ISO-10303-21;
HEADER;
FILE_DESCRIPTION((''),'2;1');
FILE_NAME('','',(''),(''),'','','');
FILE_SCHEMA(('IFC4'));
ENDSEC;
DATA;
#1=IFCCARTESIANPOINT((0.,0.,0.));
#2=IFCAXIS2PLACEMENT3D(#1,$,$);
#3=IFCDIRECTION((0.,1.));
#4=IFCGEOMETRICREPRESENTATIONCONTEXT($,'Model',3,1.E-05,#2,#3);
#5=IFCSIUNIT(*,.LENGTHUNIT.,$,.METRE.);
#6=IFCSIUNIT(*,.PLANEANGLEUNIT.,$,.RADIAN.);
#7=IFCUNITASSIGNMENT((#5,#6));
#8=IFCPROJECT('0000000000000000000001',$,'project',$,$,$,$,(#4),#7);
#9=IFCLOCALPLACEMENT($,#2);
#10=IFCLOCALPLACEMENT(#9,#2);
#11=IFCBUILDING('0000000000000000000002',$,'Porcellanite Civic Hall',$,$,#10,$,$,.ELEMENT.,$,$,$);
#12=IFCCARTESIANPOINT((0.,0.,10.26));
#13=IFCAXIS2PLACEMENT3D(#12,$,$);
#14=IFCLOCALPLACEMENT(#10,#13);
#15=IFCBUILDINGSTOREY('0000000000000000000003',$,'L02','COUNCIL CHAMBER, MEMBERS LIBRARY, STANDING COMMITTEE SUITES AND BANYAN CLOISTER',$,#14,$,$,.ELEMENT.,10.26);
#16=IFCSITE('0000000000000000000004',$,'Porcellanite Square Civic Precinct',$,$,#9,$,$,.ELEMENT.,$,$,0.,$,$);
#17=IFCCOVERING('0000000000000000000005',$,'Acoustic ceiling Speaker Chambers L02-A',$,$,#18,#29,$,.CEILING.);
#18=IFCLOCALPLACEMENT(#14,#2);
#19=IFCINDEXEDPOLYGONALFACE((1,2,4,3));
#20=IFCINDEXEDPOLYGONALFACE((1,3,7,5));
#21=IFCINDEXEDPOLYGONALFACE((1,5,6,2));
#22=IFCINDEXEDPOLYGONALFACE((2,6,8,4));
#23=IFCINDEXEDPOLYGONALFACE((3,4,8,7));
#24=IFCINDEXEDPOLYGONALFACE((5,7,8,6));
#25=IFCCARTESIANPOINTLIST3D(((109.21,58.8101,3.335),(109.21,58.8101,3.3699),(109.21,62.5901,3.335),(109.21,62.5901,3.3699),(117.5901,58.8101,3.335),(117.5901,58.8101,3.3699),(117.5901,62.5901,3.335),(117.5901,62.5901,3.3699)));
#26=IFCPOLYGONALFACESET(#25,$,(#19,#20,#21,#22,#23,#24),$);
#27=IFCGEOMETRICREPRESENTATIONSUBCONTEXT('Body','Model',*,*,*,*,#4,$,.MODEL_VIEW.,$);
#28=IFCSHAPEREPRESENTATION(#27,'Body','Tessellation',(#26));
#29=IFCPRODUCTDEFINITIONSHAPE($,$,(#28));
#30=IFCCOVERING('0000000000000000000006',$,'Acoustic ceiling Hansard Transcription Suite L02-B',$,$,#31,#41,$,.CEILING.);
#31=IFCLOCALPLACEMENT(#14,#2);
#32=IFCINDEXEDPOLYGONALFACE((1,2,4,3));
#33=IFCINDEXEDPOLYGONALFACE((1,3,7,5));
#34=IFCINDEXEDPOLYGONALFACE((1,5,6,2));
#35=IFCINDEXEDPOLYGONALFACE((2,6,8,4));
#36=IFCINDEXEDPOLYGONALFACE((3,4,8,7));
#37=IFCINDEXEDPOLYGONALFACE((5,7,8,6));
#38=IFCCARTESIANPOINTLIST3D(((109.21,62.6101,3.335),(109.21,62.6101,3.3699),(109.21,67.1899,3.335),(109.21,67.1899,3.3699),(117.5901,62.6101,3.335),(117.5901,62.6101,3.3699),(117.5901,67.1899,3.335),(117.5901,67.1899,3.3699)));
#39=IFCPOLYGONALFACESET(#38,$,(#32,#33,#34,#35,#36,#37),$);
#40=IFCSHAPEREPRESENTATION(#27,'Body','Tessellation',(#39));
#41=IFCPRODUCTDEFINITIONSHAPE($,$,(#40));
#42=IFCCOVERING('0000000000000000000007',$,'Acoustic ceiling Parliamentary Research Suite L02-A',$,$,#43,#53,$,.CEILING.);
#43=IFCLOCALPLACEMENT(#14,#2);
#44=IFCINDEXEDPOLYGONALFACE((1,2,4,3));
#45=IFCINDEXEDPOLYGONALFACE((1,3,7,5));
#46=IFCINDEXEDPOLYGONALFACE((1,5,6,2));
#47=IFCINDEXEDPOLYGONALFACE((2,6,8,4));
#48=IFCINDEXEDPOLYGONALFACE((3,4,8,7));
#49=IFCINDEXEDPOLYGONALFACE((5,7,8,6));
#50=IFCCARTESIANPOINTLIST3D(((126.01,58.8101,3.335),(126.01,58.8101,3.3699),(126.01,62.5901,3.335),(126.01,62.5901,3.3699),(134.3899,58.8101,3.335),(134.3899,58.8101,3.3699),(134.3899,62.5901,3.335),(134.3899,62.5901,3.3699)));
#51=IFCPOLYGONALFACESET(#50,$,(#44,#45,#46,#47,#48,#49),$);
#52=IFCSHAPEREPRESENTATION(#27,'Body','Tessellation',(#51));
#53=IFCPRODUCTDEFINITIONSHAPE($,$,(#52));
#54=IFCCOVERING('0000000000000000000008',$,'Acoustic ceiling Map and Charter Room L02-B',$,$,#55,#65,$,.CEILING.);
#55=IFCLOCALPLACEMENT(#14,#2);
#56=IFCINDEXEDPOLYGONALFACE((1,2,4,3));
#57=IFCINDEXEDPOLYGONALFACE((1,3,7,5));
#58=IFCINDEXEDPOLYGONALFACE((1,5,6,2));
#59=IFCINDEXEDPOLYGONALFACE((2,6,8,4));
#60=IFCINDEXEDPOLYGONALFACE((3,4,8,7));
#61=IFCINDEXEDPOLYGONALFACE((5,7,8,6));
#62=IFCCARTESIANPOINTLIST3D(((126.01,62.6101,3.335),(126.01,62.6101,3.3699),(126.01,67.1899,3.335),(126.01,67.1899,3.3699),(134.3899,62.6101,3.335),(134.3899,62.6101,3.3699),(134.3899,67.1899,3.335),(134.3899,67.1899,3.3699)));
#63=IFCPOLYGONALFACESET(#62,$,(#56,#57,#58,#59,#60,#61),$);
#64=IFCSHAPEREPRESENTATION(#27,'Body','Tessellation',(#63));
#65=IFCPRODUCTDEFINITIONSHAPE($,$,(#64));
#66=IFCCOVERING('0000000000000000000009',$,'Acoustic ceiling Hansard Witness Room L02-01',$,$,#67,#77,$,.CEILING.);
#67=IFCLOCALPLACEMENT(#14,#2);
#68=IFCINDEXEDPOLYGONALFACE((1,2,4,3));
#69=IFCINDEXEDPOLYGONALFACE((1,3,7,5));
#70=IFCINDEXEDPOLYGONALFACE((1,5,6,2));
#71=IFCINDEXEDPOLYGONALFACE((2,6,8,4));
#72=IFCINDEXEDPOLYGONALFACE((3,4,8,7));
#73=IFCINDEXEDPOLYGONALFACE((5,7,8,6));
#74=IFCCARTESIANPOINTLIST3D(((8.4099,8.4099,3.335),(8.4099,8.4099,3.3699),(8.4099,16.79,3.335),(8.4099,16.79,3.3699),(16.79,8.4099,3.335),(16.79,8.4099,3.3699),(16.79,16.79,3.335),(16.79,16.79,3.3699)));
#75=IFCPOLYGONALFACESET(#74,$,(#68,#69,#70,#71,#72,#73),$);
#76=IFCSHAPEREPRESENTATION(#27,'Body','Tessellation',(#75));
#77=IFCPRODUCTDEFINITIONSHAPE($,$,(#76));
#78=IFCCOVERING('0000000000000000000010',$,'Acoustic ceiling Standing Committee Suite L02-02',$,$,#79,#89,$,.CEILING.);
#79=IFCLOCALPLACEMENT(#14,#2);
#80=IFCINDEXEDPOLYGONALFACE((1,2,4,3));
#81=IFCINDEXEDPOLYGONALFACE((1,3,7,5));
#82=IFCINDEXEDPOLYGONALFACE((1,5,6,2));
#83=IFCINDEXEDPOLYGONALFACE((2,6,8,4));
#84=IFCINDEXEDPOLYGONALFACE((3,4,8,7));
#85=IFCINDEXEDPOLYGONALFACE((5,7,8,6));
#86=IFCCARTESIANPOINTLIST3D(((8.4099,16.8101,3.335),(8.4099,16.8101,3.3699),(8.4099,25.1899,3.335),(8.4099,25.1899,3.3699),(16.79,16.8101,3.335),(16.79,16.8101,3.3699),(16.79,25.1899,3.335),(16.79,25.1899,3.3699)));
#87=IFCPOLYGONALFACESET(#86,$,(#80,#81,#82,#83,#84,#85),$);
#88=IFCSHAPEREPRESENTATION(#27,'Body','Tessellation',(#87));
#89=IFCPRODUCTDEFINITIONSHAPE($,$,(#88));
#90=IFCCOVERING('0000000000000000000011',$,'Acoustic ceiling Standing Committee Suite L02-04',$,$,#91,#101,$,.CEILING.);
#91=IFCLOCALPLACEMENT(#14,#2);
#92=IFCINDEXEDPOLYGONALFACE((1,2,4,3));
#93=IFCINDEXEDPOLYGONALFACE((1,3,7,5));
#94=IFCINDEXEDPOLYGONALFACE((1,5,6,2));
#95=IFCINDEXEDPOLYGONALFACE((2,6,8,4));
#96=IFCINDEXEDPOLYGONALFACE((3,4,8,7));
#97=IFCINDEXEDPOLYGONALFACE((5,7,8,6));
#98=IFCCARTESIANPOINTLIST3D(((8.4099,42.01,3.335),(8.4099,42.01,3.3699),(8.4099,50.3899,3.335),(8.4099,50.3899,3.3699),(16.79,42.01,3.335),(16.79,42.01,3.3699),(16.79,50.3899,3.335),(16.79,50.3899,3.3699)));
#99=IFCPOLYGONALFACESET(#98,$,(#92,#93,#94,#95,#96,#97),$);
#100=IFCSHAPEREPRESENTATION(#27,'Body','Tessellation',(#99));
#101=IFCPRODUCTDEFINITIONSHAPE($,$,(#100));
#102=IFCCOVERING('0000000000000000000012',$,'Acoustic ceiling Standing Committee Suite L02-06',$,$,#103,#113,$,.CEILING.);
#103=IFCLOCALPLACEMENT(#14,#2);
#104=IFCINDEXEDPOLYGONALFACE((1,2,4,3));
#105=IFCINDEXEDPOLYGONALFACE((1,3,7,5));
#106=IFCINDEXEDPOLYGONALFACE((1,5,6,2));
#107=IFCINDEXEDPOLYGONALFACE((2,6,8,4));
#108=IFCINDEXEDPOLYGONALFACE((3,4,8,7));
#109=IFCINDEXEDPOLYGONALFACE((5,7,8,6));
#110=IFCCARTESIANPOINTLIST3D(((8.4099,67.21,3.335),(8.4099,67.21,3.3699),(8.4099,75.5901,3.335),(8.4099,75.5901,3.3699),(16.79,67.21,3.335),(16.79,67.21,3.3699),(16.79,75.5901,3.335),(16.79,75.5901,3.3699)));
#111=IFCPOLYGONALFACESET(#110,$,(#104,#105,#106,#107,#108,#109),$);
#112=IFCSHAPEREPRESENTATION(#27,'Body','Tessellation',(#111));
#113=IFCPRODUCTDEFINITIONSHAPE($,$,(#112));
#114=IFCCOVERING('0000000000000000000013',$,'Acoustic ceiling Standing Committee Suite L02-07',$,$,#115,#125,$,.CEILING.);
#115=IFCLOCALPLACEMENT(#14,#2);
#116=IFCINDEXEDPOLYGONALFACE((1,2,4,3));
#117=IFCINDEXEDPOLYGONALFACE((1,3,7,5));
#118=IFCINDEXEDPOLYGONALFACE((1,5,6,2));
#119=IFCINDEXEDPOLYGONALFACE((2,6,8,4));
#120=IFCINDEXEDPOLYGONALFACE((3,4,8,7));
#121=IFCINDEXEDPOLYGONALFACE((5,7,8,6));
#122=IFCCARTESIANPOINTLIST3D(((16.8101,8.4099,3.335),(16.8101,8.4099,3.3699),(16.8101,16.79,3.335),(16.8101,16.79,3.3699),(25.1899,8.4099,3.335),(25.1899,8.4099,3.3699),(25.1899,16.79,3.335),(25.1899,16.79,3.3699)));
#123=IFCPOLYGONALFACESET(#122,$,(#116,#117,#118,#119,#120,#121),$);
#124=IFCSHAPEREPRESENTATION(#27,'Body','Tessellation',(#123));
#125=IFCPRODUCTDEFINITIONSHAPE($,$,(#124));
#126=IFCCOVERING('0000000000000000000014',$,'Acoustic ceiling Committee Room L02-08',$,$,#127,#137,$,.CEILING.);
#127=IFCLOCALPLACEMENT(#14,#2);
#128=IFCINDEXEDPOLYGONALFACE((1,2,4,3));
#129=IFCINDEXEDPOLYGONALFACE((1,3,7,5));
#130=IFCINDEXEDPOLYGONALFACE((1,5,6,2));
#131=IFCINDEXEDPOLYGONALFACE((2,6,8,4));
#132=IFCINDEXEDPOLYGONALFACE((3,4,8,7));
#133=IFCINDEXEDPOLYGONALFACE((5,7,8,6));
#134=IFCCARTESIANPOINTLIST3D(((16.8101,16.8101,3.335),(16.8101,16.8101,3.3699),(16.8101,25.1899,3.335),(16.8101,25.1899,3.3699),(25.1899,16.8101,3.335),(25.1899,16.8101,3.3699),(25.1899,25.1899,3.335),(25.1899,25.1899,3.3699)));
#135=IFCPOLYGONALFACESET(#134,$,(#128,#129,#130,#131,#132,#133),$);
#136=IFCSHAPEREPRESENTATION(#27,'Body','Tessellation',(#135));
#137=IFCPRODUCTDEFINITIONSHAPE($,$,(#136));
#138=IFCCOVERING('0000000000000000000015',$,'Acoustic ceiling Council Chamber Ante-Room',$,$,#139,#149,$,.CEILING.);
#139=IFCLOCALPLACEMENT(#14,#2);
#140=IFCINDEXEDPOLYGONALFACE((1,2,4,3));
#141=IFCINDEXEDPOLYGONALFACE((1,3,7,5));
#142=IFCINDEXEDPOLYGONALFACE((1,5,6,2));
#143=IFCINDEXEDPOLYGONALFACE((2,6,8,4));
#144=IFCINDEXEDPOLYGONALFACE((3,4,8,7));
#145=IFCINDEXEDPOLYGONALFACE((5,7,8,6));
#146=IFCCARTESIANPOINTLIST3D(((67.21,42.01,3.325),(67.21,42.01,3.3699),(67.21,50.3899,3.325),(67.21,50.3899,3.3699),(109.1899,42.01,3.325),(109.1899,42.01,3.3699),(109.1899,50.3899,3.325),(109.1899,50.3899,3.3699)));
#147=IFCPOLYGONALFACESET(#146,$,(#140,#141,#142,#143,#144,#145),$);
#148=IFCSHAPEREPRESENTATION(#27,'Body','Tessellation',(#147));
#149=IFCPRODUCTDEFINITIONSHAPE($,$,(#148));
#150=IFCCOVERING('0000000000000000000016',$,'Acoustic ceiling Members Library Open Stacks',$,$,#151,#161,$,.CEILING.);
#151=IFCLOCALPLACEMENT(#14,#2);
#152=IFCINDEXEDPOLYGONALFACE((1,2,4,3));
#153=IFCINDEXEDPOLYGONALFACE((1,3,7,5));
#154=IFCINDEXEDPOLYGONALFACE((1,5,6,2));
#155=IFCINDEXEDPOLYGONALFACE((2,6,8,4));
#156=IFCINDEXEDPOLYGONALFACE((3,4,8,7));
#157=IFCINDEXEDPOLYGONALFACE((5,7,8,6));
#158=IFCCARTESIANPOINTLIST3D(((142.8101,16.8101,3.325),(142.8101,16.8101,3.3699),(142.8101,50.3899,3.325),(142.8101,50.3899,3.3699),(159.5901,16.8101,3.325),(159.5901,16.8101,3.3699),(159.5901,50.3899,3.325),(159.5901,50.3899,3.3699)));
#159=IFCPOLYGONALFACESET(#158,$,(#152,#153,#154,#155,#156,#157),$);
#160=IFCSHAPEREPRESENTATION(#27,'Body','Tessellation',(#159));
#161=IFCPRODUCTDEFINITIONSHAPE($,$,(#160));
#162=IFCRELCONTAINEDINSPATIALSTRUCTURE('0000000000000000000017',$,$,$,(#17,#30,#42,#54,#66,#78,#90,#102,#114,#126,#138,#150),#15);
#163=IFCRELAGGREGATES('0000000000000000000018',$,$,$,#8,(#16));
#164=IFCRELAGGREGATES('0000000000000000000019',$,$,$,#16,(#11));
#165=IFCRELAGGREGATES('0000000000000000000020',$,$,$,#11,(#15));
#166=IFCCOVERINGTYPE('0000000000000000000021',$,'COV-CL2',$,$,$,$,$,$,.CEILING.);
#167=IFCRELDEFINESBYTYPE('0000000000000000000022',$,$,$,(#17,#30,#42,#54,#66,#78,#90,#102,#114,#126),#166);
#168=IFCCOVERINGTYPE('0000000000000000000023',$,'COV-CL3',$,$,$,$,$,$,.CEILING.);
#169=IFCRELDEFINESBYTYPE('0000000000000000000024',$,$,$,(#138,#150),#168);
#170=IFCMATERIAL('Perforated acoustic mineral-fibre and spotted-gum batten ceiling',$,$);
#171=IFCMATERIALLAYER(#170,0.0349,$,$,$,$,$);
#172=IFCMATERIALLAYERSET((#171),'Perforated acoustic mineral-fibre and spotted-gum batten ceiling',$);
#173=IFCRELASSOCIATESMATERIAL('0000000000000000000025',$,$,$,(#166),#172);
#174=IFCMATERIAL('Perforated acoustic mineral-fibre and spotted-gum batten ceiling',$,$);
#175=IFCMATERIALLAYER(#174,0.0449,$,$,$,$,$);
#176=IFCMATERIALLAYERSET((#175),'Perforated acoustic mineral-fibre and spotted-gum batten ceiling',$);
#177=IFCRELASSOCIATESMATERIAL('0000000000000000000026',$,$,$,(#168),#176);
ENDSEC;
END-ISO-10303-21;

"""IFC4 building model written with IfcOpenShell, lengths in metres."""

from ifc_helpers import new_model, si_unit, direction, frame, origin, place, context, subcontext, project, spatial, polyline, outline, extrude, material, layer, layer_set, type_object, element, save


model = new_model("IFC4")

# Units and contexts
model_context = context("Model", 3, precision=1e-05, world=origin(), true_north=direction((0.0, 1.0)))
body_context = subcontext(model_context, "Body", "Model", "MODEL_VIEW")
ifc_project = project(units=[si_unit("LENGTHUNIT", "METRE"), si_unit("PLANEANGLEUNIT", "RADIAN")], contexts=[model_context])

# Site, building, storey
site_placement = place(None, origin())
site = spatial("IfcSite", under=ifc_project, at=site_placement, Name="Porcellanite Square Civic Precinct", CompositionType="ELEMENT", RefElevation=0.0)
building_placement = place(site_placement, origin())
building = spatial("IfcBuilding", under=site, at=building_placement, Name="Porcellanite Civic Hall", CompositionType="ELEMENT")
storey_placement = place(building_placement, frame((0.0, 0.0, 10.26)))
storey = spatial("IfcBuildingStorey", under=building, at=storey_placement, Name="L02", Description="COUNCIL CHAMBER, MEMBERS LIBRARY, STANDING COMMITTEE SUITES AND BANYAN CLOISTER", CompositionType="ELEMENT", Elevation=10.26)

# Coverings
ifc_material_1 = material(Name="Perforated acoustic mineral-fibre and spotted-gum batten ceiling")
ifc_layer_1 = layer(ifc_material_1, 0.0349)
ifc_layer_set_1 = layer_set([ifc_layer_1], Name="Perforated acoustic mineral-fibre and spotted-gum batten ceiling")
covering_type_1 = type_object("IfcCoveringType", Name="COV-CL2", PredefinedType="CEILING", material=ifc_layer_set_1)
covering_1_placement = place(storey_placement, frame((0.0, 0.0, 3.335)))
element("IfcCovering", 1, at=covering_1_placement, inside=storey, type_object=covering_type_1, Name="Acoustic ceiling Speaker Chambers L02-A", PredefinedType="CEILING", context=body_context, shape_type="SweptSolid", body=[
    extrude(outline(polyline([(109.21, 58.8101), (117.5901, 58.8101), (117.5901, 62.5901), (109.21, 62.5901), (109.21, 58.8101)])), origin(), (0.0, 0.0, 1.0), 0.0349),
])
covering_2_placement = place(storey_placement, frame((0.0, 0.0, 3.335)))
element("IfcCovering", 2, at=covering_2_placement, inside=storey, type_object=covering_type_1, Name="Acoustic ceiling Hansard Transcription Suite L02-B", PredefinedType="CEILING", context=body_context, shape_type="SweptSolid", body=[
    extrude(outline(polyline([(109.21, 62.6101), (117.5901, 62.6101), (117.5901, 67.1899), (109.21, 67.1899), (109.21, 62.6101)])), origin(), (0.0, 0.0, 1.0), 0.0349),
])
covering_3_placement = place(storey_placement, frame((0.0, 0.0, 3.335)))
element("IfcCovering", 3, at=covering_3_placement, inside=storey, type_object=covering_type_1, Name="Acoustic ceiling Parliamentary Research Suite L02-A", PredefinedType="CEILING", context=body_context, shape_type="SweptSolid", body=[
    extrude(outline(polyline([(126.01, 58.8101), (134.3899, 58.8101), (134.3899, 62.5901), (126.01, 62.5901), (126.01, 58.8101)])), origin(), (0.0, 0.0, 1.0), 0.0349),
])
covering_4_placement = place(storey_placement, frame((0.0, 0.0, 3.335)))
element("IfcCovering", 4, at=covering_4_placement, inside=storey, type_object=covering_type_1, Name="Acoustic ceiling Map and Charter Room L02-B", PredefinedType="CEILING", context=body_context, shape_type="SweptSolid", body=[
    extrude(outline(polyline([(126.01, 62.6101), (134.3899, 62.6101), (134.3899, 67.1899), (126.01, 67.1899), (126.01, 62.6101)])), origin(), (0.0, 0.0, 1.0), 0.0349),
])
covering_5_placement = place(storey_placement, frame((0.0, 0.0, 3.335)))
element("IfcCovering", 5, at=covering_5_placement, inside=storey, type_object=covering_type_1, Name="Acoustic ceiling Hansard Witness Room L02-01", PredefinedType="CEILING", context=body_context, shape_type="SweptSolid", body=[
    extrude(outline(polyline([(8.4099, 8.4099), (16.79, 8.4099), (16.79, 16.79), (8.4099, 16.79), (8.4099, 8.4099)])), origin(), (0.0, 0.0, 1.0), 0.0349),
])
covering_6_placement = place(storey_placement, frame((0.0, 0.0, 3.335)))
element("IfcCovering", 6, at=covering_6_placement, inside=storey, type_object=covering_type_1, Name="Acoustic ceiling Standing Committee Suite L02-02", PredefinedType="CEILING", context=body_context, shape_type="SweptSolid", body=[
    extrude(outline(polyline([(8.4099, 16.8101), (16.79, 16.8101), (16.79, 25.1899), (8.4099, 25.1899), (8.4099, 16.8101)])), origin(), (0.0, 0.0, 1.0), 0.0349),
])
covering_7_placement = place(storey_placement, frame((0.0, 0.0, 3.335)))
element("IfcCovering", 7, at=covering_7_placement, inside=storey, type_object=covering_type_1, Name="Acoustic ceiling Standing Committee Suite L02-04", PredefinedType="CEILING", context=body_context, shape_type="SweptSolid", body=[
    extrude(outline(polyline([(8.4099, 42.01), (16.79, 42.01), (16.79, 50.3899), (8.4099, 50.3899), (8.4099, 42.01)])), origin(), (0.0, 0.0, 1.0), 0.0349),
])
covering_8_placement = place(storey_placement, frame((0.0, 0.0, 3.335)))
element("IfcCovering", 8, at=covering_8_placement, inside=storey, type_object=covering_type_1, Name="Acoustic ceiling Standing Committee Suite L02-06", PredefinedType="CEILING", context=body_context, shape_type="SweptSolid", body=[
    extrude(outline(polyline([(8.4099, 67.21), (16.79, 67.21), (16.79, 75.5901), (8.4099, 75.5901), (8.4099, 67.21)])), origin(), (0.0, 0.0, 1.0), 0.0349),
])
covering_9_placement = place(storey_placement, frame((0.0, 0.0, 3.335)))
element("IfcCovering", 9, at=covering_9_placement, inside=storey, type_object=covering_type_1, Name="Acoustic ceiling Standing Committee Suite L02-07", PredefinedType="CEILING", context=body_context, shape_type="SweptSolid", body=[
    extrude(outline(polyline([(16.8101, 8.4099), (25.1899, 8.4099), (25.1899, 16.79), (16.8101, 16.79), (16.8101, 8.4099)])), origin(), (0.0, 0.0, 1.0), 0.0349),
])
covering_10_placement = place(storey_placement, frame((0.0, 0.0, 3.335)))
element("IfcCovering", 10, at=covering_10_placement, inside=storey, type_object=covering_type_1, Name="Acoustic ceiling Committee Room L02-08", PredefinedType="CEILING", context=body_context, shape_type="SweptSolid", body=[
    extrude(outline(polyline([(16.8101, 16.8101), (25.1899, 16.8101), (25.1899, 25.1899), (16.8101, 25.1899), (16.8101, 16.8101)])), origin(), (0.0, 0.0, 1.0), 0.0349),
])
ifc_material_2 = material(Name="Perforated acoustic mineral-fibre and spotted-gum batten ceiling")
ifc_layer_2 = layer(ifc_material_2, 0.0449)
ifc_layer_set_2 = layer_set([ifc_layer_2], Name="Perforated acoustic mineral-fibre and spotted-gum batten ceiling")
covering_type_2 = type_object("IfcCoveringType", Name="COV-CL3", PredefinedType="CEILING", material=ifc_layer_set_2)
covering_11_placement = place(storey_placement, frame((0.0, 0.0, 3.325)))
element("IfcCovering", 11, at=covering_11_placement, inside=storey, type_object=covering_type_2, Name="Acoustic ceiling Council Chamber Ante-Room", PredefinedType="CEILING", context=body_context, shape_type="SweptSolid", body=[
    extrude(outline(polyline([(67.21, 42.01), (109.1899, 42.01), (109.1899, 50.3899), (67.21, 50.3899), (67.21, 42.01)])), origin(), (0.0, 0.0, 1.0), 0.0449),
])
covering_12_placement = place(storey_placement, frame((0.0, 0.0, 3.325)))
element("IfcCovering", 12, at=covering_12_placement, inside=storey, type_object=covering_type_2, Name="Acoustic ceiling Members Library Open Stacks", PredefinedType="CEILING", context=body_context, shape_type="SweptSolid", body=[
    extrude(outline(polyline([(142.8101, 16.8101), (159.5901, 16.8101), (159.5901, 50.3899), (142.8101, 50.3899), (142.8101, 16.8101)])), origin(), (0.0, 0.0, 1.0), 0.0449),
])

save(model, "model.ifc")
